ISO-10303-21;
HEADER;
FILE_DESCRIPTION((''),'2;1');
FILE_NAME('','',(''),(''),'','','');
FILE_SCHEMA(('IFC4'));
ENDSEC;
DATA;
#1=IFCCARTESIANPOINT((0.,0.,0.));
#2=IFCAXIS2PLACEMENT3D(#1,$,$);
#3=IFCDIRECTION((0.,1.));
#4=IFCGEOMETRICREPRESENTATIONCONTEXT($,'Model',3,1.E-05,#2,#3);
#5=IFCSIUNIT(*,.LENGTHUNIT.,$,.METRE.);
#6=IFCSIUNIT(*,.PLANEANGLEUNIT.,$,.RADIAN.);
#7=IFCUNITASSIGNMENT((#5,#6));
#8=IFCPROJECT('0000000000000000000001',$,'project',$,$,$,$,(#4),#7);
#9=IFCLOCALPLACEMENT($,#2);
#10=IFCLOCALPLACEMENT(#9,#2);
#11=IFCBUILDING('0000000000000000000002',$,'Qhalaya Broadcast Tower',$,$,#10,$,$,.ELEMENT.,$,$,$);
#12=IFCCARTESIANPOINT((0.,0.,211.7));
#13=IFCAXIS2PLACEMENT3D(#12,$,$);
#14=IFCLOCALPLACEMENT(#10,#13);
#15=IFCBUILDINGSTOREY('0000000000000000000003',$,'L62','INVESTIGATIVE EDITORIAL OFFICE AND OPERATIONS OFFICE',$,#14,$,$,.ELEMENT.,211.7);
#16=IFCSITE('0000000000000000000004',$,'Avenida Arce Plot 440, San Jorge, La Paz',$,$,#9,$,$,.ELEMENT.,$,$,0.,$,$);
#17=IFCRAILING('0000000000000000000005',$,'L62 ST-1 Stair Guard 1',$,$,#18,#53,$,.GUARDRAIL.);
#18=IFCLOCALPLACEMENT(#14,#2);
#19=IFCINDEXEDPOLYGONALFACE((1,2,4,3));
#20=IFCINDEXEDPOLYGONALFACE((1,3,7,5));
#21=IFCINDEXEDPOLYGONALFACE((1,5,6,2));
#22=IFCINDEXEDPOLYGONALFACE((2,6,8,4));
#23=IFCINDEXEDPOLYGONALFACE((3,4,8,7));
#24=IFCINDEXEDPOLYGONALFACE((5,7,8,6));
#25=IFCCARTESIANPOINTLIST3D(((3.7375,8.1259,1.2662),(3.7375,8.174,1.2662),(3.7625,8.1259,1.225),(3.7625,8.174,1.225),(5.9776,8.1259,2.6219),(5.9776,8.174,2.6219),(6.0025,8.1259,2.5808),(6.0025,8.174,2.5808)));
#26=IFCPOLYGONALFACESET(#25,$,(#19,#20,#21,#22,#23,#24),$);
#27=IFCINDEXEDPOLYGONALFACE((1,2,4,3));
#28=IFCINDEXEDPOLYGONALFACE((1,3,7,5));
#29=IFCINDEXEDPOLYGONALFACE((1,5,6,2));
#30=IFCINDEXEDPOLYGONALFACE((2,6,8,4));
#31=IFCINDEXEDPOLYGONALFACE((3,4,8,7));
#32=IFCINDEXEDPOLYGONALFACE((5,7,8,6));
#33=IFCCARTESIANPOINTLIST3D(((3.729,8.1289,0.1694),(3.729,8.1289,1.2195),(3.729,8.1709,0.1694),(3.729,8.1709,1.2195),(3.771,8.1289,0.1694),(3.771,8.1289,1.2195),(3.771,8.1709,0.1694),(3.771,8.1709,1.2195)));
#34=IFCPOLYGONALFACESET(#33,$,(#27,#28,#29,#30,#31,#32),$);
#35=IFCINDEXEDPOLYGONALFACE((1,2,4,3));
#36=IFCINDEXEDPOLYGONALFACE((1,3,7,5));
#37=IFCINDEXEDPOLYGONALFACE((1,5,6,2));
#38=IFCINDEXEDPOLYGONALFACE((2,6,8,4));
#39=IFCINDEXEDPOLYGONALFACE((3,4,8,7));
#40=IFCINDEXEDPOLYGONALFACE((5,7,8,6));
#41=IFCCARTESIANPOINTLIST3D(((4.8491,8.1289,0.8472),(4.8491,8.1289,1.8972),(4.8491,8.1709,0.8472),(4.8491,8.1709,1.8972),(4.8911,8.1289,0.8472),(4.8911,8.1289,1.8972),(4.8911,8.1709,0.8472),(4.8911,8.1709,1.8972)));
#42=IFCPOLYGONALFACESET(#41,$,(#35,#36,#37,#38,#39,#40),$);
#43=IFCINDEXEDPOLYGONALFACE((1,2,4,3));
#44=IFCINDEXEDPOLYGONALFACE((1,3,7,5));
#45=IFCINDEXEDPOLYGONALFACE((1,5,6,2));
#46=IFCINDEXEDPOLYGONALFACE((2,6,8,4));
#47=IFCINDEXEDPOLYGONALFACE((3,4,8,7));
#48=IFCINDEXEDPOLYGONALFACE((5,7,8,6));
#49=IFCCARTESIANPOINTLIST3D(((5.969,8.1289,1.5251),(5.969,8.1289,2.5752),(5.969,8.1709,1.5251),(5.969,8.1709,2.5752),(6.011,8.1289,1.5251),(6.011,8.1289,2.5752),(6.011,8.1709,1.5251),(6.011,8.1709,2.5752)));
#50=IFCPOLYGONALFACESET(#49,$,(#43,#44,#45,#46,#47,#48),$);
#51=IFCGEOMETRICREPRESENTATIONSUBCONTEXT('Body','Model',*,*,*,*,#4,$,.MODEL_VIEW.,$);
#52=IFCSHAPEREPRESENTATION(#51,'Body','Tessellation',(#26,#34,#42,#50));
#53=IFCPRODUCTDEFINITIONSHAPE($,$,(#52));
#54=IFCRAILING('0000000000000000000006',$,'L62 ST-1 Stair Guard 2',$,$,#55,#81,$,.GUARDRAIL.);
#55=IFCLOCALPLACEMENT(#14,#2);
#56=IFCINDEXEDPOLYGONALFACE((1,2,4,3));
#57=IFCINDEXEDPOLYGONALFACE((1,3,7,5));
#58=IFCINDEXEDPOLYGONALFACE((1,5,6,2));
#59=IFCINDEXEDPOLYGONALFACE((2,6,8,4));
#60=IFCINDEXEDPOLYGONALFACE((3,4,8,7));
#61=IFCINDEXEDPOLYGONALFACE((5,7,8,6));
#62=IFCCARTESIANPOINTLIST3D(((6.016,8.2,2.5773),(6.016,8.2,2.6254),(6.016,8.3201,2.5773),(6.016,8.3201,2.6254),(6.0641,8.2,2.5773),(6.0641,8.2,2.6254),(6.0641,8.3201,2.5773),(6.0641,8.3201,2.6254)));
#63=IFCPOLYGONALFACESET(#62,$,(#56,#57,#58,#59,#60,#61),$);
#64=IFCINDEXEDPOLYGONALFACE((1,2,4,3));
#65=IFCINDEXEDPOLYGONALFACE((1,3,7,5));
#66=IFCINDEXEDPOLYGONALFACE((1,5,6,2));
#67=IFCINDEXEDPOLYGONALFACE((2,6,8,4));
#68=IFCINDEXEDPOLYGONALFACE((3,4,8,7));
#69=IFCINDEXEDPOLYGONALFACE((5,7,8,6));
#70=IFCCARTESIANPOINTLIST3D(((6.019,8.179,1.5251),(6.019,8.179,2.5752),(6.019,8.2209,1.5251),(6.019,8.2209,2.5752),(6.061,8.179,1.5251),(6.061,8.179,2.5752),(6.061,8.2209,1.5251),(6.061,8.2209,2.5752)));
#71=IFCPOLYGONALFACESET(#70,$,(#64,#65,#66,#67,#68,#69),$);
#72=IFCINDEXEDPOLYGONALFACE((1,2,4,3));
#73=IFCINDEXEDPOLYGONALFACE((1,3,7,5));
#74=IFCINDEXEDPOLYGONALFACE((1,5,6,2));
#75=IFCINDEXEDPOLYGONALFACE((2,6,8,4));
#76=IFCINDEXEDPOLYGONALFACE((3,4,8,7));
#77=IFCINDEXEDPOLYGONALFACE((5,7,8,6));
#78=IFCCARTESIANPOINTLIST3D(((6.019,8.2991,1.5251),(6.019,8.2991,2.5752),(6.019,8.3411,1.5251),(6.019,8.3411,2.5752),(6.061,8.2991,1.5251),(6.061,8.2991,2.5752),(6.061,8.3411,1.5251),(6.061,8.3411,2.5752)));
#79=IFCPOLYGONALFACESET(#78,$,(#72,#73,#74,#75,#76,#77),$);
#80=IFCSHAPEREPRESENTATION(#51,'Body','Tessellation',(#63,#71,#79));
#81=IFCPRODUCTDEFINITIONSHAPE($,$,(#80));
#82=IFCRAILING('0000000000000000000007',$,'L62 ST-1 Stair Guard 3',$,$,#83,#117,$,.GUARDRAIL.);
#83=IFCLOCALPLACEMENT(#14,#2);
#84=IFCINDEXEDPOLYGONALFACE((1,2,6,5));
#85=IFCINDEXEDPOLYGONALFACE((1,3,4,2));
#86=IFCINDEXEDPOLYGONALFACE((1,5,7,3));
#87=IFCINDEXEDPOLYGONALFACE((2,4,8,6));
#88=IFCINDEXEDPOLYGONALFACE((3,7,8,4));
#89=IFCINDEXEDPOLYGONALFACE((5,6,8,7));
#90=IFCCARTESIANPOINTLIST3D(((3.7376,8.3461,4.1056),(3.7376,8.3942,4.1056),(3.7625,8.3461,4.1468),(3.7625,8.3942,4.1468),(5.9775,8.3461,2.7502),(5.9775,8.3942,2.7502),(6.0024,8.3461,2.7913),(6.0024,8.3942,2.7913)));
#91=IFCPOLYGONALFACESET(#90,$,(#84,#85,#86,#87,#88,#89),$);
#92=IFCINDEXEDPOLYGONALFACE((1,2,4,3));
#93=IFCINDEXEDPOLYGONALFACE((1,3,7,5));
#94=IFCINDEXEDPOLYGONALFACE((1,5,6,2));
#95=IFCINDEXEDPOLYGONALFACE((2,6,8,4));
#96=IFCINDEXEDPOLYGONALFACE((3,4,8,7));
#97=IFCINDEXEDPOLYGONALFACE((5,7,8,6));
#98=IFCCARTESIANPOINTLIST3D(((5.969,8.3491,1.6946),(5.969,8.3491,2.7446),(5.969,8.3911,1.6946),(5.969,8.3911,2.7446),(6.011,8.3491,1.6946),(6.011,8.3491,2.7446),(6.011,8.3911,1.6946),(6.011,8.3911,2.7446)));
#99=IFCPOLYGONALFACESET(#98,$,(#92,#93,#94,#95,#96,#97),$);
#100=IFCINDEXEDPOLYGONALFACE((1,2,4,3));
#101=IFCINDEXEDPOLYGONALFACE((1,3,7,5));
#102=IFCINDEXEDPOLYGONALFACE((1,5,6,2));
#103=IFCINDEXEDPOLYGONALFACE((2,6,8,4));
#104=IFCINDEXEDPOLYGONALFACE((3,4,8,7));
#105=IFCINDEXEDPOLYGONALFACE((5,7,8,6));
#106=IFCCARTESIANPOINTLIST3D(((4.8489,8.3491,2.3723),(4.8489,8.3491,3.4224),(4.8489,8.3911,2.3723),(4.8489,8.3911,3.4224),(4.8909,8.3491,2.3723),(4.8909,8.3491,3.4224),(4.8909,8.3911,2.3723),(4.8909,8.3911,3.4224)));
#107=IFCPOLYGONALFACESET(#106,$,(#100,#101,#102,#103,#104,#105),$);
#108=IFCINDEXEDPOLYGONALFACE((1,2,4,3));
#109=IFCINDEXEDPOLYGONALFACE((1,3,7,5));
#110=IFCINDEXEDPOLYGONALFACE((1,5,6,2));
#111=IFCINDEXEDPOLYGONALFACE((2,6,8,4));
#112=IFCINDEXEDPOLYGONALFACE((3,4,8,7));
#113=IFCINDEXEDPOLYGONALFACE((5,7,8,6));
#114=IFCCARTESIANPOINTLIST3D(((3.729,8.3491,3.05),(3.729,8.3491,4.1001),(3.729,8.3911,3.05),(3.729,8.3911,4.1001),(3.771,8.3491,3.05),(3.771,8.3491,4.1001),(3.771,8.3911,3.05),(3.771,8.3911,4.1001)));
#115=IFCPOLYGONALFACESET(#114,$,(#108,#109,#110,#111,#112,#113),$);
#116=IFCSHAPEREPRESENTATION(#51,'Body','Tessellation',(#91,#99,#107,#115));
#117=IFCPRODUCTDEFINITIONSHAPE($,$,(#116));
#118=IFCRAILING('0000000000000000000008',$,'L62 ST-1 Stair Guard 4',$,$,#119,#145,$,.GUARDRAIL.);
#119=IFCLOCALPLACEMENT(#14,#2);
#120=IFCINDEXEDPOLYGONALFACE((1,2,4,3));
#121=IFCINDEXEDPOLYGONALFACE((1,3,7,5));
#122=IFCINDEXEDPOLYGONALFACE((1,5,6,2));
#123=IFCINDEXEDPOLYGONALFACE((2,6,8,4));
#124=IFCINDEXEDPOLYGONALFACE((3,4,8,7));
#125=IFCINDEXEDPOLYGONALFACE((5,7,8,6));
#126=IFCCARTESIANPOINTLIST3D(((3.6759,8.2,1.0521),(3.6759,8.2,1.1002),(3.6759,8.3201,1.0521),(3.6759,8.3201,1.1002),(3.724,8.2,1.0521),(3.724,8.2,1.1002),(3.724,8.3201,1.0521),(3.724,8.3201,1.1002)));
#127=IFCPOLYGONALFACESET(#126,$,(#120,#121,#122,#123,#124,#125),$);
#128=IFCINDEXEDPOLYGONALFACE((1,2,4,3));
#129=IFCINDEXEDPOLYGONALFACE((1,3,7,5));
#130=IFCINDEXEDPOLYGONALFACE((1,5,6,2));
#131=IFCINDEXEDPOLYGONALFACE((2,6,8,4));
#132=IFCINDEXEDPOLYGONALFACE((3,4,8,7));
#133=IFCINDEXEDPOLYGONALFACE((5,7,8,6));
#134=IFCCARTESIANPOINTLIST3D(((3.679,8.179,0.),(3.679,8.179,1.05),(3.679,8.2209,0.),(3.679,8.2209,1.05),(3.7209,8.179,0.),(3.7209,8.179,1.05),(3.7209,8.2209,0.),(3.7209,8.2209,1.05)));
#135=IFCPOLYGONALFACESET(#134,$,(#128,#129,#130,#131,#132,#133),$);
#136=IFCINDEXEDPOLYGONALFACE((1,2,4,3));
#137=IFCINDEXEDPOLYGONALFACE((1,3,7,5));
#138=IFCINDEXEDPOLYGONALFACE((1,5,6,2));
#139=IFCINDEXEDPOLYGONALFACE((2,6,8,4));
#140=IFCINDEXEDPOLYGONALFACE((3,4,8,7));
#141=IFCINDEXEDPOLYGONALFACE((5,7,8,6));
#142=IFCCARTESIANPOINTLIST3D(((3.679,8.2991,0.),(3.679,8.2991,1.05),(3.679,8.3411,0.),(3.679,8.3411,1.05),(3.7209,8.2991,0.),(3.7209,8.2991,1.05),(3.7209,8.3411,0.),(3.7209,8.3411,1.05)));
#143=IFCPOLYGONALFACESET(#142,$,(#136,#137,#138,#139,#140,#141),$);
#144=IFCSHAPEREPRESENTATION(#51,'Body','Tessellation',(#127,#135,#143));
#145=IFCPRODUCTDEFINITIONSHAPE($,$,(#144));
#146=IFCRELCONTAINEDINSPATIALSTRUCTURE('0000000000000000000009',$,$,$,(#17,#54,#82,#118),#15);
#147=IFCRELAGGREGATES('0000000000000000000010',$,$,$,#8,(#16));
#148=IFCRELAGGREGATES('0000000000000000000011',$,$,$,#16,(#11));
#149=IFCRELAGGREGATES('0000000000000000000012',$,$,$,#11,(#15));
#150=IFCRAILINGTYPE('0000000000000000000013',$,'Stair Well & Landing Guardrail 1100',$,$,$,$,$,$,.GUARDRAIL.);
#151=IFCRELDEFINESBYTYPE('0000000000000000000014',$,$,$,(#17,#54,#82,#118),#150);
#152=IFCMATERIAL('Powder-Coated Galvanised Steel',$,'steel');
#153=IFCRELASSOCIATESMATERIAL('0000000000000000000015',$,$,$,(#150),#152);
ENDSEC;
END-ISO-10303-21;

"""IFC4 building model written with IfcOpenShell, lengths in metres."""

from ifc_helpers import new_model, si_unit, direction, frame, origin, origin_2d, place, context, subcontext, project, spatial, rectangle, extrude, material, type_object, element, save


model = new_model("IFC4")

# Units and contexts
model_context = context("Model", 3, precision=1e-05, world=origin(), true_north=direction((0.0, 1.0)))
body_context = subcontext(model_context, "Body", "Model", "MODEL_VIEW")
ifc_project = project(units=[si_unit("LENGTHUNIT", "METRE"), si_unit("PLANEANGLEUNIT", "RADIAN")], contexts=[model_context])

# Site, building, storey
site_placement = place(None, origin())
site = spatial("IfcSite", under=ifc_project, at=site_placement, Name="Avenida Arce Plot 440, San Jorge, La Paz", CompositionType="ELEMENT", RefElevation=0.0)
building_placement = place(site_placement, origin())
building = spatial("IfcBuilding", under=site, at=building_placement, Name="Qhalaya Broadcast Tower", CompositionType="ELEMENT")
storey_placement = place(building_placement, frame((0.0, 0.0, 211.7)))
storey = spatial("IfcBuildingStorey", under=building, at=storey_placement, Name="L62", Description="INVESTIGATIVE EDITORIAL OFFICE AND OPERATIONS OFFICE", CompositionType="ELEMENT", Elevation=211.7)

# Railings
ifc_material_1 = material(Name="Powder-Coated Galvanised Steel", Category="steel")
railing_type_1 = type_object("IfcRailingType", Name="Stair Well & Landing Guardrail 1100", PredefinedType="GUARDRAIL", material=ifc_material_1)
railing_1_placement = place(storey_placement, frame((3.75, 8.1499, 0.1694)))
element("IfcRailing", 1, at=railing_1_placement, inside=storey, type_object=railing_type_1, Name="L62 ST-1 Stair Guard 1", PredefinedType="GUARDRAIL", context=body_context, shape_type="SweptSolid", body=[
    extrude(rectangle(XDim=0.0481, YDim=0.0481, at=origin_2d()), frame((0.0, 0.0, 1.0762), z_axis=(0.855512, 0.0, 0.517783), x_axis=(0.0, 1.0, 0.0)), (0.0, 0.0, 1.0), 2.6184),
    extrude(rectangle(XDim=0.042, YDim=0.042, at=origin_2d()), origin(), (0.0, 0.0, 1.0), 1.05),
    extrude(rectangle(XDim=0.042, YDim=0.042, at=origin_2d()), frame((1.1201, 0.0, 0.6777)), (0.0, 0.0, 1.0), 1.05),
    extrude(rectangle(XDim=0.042, YDim=0.042, at=origin_2d()), frame((2.24, 0.0, 1.3557)), (0.0, 0.0, 1.0), 1.05),
])
railing_2_placement = place(storey_placement, frame((6.04, 8.2, 1.5251)))
element("IfcRailing", 2, at=railing_2_placement, inside=storey, type_object=railing_type_1, Name="L62 ST-1 Stair Guard 2", PredefinedType="GUARDRAIL", context=body_context, shape_type="SweptSolid", body=[
    extrude(rectangle(XDim=0.0481, YDim=0.0481, at=origin_2d()), frame((0.0, 0.0, 1.0762), z_axis=(0.0, 1.0, 0.0), x_axis=(-1.0, 0.0, 0.0)), (0.0, 0.0, 1.0), 0.1201),
    extrude(rectangle(XDim=0.042, YDim=0.042, at=origin_2d()), origin(), (0.0, 0.0, 1.0), 1.05),
    extrude(rectangle(XDim=0.042, YDim=0.042, at=origin_2d()), frame((0.0, 0.1201, 0.0)), (0.0, 0.0, 1.0), 1.05),
])
railing_3_placement = place(storey_placement, frame((5.99, 8.3701, 1.6946)))
element("IfcRailing", 3, at=railing_3_placement, inside=storey, type_object=railing_type_1, Name="L62 ST-1 Stair Guard 3", PredefinedType="GUARDRAIL", context=body_context, shape_type="SweptSolid", body=[
    extrude(rectangle(XDim=0.0481, YDim=0.0481, at=origin_2d()), frame((0.0, 0.0, 1.0762), z_axis=(-0.855553, 0.0, 0.517715), x_axis=(0.0, -1.0, 0.0)), (0.0, 0.0, 1.0), 2.6182),
    extrude(rectangle(XDim=0.042, YDim=0.042, at=origin_2d()), origin(), (0.0, 0.0, 1.0), 1.05),
    extrude(rectangle(XDim=0.042, YDim=0.042, at=origin_2d()), frame((-1.1201, 0.0, 0.6777)), (0.0, 0.0, 1.0), 1.05),
    extrude(rectangle(XDim=0.042, YDim=0.042, at=origin_2d()), frame((-2.24, 0.0, 1.3555)), (0.0, 0.0, 1.0), 1.05),
])
railing_4_placement = place(storey_placement, frame((3.7, 8.2, 0.0)))
element("IfcRailing", 4, at=railing_4_placement, inside=storey, type_object=railing_type_1, Name="L62 ST-1 Stair Guard 4", PredefinedType="GUARDRAIL", context=body_context, shape_type="SweptSolid", body=[
    extrude(rectangle(XDim=0.0481, YDim=0.0481, at=origin_2d()), frame((0.0, 0.0, 1.0762), z_axis=(0.0, 1.0, 0.0), x_axis=(-1.0, 0.0, 0.0)), (0.0, 0.0, 1.0), 0.1201),
    extrude(rectangle(XDim=0.042, YDim=0.042, at=origin_2d()), origin(), (0.0, 0.0, 1.0), 1.05),
    extrude(rectangle(XDim=0.042, YDim=0.042, at=origin_2d()), frame((0.0, 0.1201, 0.0)), (0.0, 0.0, 1.0), 1.05),
])

save(model, "model.ifc")
